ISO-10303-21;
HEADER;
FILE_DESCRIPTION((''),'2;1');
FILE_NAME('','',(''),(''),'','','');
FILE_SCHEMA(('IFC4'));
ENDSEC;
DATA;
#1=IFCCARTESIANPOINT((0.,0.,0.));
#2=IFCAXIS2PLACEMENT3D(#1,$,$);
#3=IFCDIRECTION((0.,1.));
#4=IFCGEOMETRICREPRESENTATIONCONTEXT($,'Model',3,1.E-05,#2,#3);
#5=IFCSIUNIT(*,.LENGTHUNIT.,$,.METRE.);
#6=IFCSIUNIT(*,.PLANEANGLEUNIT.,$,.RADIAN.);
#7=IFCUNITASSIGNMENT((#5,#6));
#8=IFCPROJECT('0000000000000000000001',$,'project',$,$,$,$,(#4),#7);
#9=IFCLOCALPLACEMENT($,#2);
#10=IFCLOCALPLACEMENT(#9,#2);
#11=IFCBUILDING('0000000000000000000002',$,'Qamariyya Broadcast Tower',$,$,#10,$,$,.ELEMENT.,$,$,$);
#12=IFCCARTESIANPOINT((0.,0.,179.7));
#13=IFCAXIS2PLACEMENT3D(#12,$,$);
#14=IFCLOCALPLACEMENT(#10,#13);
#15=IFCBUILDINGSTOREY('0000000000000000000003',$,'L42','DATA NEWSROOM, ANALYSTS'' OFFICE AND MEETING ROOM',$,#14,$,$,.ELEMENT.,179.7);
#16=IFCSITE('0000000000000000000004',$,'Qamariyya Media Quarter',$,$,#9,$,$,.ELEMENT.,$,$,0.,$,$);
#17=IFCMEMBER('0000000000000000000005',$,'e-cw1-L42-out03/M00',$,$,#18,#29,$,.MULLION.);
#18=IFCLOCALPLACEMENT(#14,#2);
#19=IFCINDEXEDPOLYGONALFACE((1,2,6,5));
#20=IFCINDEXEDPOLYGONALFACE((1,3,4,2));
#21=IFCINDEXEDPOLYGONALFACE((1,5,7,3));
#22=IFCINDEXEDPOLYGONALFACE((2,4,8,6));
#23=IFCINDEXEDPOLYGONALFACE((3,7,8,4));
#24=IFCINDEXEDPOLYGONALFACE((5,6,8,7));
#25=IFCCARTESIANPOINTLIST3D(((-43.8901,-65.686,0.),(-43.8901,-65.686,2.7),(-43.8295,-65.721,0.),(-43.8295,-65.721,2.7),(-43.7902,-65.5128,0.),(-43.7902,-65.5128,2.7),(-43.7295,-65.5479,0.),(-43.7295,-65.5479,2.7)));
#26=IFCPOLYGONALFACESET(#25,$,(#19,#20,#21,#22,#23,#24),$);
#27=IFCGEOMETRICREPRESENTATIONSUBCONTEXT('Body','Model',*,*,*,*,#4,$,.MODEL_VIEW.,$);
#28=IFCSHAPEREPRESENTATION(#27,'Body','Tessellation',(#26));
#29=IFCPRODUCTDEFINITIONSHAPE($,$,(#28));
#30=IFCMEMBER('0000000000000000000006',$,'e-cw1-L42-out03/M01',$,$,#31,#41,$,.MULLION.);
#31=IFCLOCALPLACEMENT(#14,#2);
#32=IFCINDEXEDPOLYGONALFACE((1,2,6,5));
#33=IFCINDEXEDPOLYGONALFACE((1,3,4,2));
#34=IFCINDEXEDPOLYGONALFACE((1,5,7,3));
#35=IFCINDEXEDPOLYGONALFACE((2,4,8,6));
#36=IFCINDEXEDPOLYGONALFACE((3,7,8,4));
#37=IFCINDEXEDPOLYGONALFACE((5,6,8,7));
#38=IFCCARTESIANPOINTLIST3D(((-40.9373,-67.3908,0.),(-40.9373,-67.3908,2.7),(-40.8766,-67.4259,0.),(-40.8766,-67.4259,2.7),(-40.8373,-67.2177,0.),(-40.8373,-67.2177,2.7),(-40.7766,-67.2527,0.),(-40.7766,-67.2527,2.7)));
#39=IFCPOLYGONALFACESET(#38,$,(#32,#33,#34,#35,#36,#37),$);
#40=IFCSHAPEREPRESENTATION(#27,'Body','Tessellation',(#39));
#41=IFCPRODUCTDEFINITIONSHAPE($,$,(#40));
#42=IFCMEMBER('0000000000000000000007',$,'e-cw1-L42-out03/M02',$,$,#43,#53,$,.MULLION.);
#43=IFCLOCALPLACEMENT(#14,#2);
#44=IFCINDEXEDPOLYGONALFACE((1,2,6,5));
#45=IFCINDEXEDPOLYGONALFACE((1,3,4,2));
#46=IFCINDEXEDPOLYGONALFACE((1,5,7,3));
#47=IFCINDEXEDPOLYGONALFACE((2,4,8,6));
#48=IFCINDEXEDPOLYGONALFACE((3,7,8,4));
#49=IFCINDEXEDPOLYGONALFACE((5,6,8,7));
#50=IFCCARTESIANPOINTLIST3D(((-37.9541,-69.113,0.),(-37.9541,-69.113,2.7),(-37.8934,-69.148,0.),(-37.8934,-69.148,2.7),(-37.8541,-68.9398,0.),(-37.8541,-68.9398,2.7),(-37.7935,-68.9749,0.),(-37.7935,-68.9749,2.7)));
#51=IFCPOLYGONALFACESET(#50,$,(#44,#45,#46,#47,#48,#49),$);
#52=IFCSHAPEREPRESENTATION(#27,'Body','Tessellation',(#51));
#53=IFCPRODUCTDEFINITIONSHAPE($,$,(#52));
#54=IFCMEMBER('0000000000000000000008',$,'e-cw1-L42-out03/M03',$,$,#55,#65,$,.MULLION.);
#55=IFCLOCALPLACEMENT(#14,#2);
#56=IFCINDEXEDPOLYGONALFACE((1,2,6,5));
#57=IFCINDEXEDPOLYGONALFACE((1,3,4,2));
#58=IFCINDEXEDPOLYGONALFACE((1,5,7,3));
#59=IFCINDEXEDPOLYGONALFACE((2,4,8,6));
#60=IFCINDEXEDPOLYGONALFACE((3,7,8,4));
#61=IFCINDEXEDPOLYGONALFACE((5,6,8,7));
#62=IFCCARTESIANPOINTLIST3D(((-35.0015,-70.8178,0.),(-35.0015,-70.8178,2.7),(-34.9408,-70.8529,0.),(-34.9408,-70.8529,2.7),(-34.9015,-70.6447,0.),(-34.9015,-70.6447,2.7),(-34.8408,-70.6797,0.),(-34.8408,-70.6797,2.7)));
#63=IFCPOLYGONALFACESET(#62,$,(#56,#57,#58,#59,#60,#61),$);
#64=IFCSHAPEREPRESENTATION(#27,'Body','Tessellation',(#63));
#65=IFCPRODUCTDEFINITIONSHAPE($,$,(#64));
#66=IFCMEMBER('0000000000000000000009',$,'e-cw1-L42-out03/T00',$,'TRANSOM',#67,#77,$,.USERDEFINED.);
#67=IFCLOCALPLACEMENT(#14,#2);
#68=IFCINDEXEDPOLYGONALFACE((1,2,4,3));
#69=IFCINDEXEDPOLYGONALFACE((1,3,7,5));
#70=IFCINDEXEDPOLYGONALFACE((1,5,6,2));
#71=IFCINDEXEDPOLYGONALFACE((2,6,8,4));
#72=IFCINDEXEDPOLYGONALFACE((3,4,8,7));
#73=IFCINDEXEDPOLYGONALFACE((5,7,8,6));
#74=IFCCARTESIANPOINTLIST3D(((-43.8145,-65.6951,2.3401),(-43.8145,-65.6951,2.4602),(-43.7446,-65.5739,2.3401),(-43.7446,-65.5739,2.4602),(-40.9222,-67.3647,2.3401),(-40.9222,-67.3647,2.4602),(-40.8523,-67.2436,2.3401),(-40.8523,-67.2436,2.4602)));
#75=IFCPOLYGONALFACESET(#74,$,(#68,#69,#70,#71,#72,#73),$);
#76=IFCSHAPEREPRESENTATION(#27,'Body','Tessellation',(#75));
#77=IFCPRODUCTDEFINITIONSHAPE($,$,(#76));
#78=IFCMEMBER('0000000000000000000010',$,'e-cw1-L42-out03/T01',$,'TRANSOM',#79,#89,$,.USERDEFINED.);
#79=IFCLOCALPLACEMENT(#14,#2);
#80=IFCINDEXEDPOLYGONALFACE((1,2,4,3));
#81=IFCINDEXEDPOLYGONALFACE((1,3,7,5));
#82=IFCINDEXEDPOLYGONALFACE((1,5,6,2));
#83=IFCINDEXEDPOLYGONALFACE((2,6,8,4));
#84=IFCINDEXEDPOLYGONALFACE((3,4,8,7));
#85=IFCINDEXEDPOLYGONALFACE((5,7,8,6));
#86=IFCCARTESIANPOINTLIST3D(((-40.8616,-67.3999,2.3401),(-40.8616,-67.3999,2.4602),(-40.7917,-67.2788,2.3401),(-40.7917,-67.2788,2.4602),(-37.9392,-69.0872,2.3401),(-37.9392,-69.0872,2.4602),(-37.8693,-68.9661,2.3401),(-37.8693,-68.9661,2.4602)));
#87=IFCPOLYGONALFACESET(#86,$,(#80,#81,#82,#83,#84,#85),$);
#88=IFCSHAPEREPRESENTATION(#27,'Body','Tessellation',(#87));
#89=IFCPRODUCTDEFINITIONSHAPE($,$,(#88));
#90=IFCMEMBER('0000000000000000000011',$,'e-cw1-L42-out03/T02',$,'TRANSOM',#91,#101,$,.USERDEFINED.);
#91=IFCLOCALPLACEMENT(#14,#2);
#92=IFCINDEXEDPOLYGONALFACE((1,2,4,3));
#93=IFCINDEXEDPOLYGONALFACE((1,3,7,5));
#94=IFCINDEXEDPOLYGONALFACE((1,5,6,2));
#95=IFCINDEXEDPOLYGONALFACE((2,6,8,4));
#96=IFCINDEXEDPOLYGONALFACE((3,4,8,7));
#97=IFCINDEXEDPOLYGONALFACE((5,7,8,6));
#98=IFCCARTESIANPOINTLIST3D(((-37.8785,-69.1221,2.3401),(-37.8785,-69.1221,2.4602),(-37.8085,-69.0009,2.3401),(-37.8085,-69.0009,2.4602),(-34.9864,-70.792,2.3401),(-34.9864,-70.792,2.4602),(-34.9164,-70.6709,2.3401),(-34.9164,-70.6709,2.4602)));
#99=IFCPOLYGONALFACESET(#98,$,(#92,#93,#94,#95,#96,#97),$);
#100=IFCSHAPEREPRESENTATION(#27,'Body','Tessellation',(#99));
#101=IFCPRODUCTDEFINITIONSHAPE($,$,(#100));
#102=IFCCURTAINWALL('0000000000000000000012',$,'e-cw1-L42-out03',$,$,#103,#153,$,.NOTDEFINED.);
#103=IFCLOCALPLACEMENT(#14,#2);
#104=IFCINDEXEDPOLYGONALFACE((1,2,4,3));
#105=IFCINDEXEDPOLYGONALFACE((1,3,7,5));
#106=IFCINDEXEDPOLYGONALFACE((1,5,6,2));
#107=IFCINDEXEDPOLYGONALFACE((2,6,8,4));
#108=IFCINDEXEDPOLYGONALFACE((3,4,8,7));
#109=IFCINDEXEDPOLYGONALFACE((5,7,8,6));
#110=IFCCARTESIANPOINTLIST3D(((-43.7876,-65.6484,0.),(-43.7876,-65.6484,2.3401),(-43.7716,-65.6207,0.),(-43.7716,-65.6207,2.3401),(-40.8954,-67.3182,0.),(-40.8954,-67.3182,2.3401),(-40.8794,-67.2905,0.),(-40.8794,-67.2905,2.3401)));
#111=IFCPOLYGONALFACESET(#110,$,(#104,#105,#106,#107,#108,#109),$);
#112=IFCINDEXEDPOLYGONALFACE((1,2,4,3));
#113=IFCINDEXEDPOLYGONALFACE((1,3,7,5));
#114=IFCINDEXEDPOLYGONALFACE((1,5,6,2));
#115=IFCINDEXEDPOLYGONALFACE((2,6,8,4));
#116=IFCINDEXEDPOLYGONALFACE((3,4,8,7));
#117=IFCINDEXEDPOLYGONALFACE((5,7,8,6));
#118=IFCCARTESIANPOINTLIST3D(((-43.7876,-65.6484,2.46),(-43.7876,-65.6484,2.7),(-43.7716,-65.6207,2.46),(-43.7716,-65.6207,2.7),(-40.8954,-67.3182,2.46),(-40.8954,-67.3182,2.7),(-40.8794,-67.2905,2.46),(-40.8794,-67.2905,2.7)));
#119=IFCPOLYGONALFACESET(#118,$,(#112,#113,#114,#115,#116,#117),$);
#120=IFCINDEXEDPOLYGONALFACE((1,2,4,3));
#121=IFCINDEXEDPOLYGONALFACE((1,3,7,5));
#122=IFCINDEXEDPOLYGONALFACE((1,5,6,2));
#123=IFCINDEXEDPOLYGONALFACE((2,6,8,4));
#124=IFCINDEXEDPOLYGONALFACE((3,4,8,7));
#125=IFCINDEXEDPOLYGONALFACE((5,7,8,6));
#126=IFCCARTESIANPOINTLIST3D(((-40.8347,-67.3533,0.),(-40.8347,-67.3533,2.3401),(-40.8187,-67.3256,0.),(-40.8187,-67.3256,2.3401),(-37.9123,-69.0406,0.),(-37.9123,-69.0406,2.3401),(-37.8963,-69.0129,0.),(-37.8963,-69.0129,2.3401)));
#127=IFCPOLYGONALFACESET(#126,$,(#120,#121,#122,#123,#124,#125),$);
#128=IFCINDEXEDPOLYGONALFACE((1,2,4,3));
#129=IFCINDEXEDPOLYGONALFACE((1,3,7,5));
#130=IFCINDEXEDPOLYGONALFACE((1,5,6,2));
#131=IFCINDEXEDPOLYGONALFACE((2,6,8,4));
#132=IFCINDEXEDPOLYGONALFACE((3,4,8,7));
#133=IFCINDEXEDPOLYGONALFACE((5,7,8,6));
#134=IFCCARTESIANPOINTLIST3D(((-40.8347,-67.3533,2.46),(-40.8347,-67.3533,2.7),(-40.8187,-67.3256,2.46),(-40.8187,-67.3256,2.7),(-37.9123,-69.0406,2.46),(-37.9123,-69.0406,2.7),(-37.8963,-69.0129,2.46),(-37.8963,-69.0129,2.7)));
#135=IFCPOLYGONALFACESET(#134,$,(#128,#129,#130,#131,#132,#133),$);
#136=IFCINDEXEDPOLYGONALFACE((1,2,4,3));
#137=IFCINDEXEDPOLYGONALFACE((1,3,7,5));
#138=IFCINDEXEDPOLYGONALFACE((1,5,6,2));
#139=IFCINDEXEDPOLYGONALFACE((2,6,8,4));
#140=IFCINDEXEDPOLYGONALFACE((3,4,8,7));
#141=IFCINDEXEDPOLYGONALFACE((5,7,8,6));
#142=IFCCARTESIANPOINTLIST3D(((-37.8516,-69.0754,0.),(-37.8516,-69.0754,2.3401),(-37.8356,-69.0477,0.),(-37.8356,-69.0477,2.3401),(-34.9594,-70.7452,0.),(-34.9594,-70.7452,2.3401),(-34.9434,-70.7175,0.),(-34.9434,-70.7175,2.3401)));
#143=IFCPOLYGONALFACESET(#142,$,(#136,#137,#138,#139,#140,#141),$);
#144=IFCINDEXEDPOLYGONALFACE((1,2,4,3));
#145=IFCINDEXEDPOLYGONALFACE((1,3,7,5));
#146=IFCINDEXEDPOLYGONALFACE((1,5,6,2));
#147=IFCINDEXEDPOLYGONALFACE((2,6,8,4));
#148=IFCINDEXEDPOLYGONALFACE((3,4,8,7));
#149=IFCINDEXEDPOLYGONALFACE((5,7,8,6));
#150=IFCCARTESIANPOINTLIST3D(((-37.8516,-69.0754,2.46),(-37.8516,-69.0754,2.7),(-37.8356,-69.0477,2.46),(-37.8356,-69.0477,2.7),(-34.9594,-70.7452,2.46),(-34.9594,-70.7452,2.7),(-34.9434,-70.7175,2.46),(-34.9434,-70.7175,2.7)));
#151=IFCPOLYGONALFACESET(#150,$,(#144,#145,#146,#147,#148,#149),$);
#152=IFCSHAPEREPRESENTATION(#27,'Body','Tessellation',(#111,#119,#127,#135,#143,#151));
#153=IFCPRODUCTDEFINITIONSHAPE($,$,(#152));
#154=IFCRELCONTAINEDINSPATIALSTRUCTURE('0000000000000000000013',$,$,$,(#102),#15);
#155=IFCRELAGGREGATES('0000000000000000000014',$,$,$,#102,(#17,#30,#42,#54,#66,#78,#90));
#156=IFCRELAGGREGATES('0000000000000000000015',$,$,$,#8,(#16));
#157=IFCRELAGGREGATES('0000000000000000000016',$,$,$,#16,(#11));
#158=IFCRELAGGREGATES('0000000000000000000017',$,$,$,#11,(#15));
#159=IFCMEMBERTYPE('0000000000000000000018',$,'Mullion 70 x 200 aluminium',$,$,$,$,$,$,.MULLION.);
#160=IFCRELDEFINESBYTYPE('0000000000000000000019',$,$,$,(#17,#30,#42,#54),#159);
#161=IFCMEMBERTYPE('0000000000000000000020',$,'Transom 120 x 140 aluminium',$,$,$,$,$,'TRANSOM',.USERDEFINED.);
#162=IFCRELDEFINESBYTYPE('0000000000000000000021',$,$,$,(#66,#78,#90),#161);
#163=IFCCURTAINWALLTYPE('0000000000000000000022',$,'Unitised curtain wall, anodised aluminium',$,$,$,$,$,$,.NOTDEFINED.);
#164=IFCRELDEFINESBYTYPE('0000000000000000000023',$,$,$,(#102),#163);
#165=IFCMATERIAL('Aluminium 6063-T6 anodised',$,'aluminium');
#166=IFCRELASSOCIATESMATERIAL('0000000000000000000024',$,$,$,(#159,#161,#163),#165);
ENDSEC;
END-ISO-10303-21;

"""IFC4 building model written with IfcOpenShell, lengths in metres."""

from ifc_helpers import new_model, si_unit, direction, frame, origin, origin_2d, place, context, subcontext, project, spatial, rectangle, extrude, material, material_profile, profile_set, type_object, element, aggregate, save


model = new_model("IFC4")

# Units and contexts
model_context = context("Model", 3, precision=1e-05, world=origin(), true_north=direction((0.0, 1.0)))
body_context = subcontext(model_context, "Body", "Model", "MODEL_VIEW")
ifc_project = project(units=[si_unit("LENGTHUNIT", "METRE"), si_unit("PLANEANGLEUNIT", "RADIAN")], contexts=[model_context])

# Members
ifc_material_1 = material(Name="Aluminium 6063-T6 anodised", Category="aluminium")
ifc_material_profile_1 = material_profile(ifc_material_1, rectangle(XDim=0.2, YDim=0.0701, at=origin_2d()))
ifc_profile_set_1 = profile_set([ifc_material_profile_1], Name="Aluminium 6063-T6 anodised")
member_type_1 = type_object("IfcMemberType", Name="Mullion 70 x 200 aluminium", PredefinedType="MULLION", material=ifc_profile_set_1)
site_placement = place(None, origin())
building_placement = place(site_placement, origin())
storey_placement = place(building_placement, frame((0.0, 0.0, 179.7)))
member_1_placement = place(storey_placement, frame((-43.8098, -65.6169, 0.0), z_axis=(0.0, 0.0, 1.0), x_axis=(0.5, 0.866025, 0.0)))
member_1 = element("IfcMember", 1, at=member_1_placement, type_object=member_type_1, Name="e-cw1-L42-out03/M00", PredefinedType="MULLION", context=body_context, shape_type="SweptSolid", body=[
    extrude(rectangle(XDim=0.2, YDim=0.0701, at=origin_2d()), origin(), (0.0, 0.0, 1.0), 2.7),
])
member_2_placement = place(storey_placement, frame((-40.8569, -67.3218, 0.0), z_axis=(0.0, 0.0, 1.0), x_axis=(0.5, 0.866025, 0.0)))
member_2 = element("IfcMember", 2, at=member_2_placement, type_object=member_type_1, Name="e-cw1-L42-out03/M01", PredefinedType="MULLION", context=body_context, shape_type="SweptSolid", body=[
    extrude(rectangle(XDim=0.2, YDim=0.0701, at=origin_2d()), origin(), (0.0, 0.0, 1.0), 2.7),
])
member_3_placement = place(storey_placement, frame((-37.8738, -69.0439, 0.0), z_axis=(0.0, 0.0, 1.0), x_axis=(0.5, 0.866025, 0.0)))
member_3 = element("IfcMember", 3, at=member_3_placement, type_object=member_type_1, Name="e-cw1-L42-out03/M02", PredefinedType="MULLION", context=body_context, shape_type="SweptSolid", body=[
    extrude(rectangle(XDim=0.2, YDim=0.0701, at=origin_2d()), origin(), (0.0, 0.0, 1.0), 2.7),
])
member_4_placement = place(storey_placement, frame((-34.9211, -70.7488, 0.0), z_axis=(0.0, 0.0, 1.0), x_axis=(0.5, 0.866025, 0.0)))
member_4 = element("IfcMember", 4, at=member_4_placement, type_object=member_type_1, Name="e-cw1-L42-out03/M03", PredefinedType="MULLION", context=body_context, shape_type="SweptSolid", body=[
    extrude(rectangle(XDim=0.2, YDim=0.0701, at=origin_2d()), origin(), (0.0, 0.0, 1.0), 2.7),
])
ifc_material_profile_2 = material_profile(ifc_material_1, rectangle(XDim=0.1399, YDim=0.1201, at=origin_2d()))
ifc_profile_set_2 = profile_set([ifc_material_profile_2], Name="Aluminium 6063-T6 anodised")
member_type_2 = type_object("IfcMemberType", Name="Transom 120 x 140 aluminium", ElementType="TRANSOM", PredefinedType="USERDEFINED", material=ifc_profile_set_2)
member_5_placement = place(storey_placement, frame((-43.7795, -65.6345, 2.4001), z_axis=(0.866053, -0.499952, 0.0), x_axis=(0.499952, 0.866053, 0.0)))
member_5 = element("IfcMember", 5, at=member_5_placement, type_object=member_type_2, Name="e-cw1-L42-out03/T00", ObjectType="TRANSOM", PredefinedType="USERDEFINED", context=body_context, shape_type="SweptSolid", body=[
    extrude(rectangle(XDim=0.1399, YDim=0.1201, at=origin_2d()), origin(), (0.0, 0.0, 1.0), 3.3396),
])
member_6_placement = place(storey_placement, frame((-40.8267, -67.3394, 2.4001), z_axis=(0.866022, -0.500006, 0.0), x_axis=(0.500006, 0.866022, 0.0)))
member_6 = element("IfcMember", 6, at=member_6_placement, type_object=member_type_2, Name="e-cw1-L42-out03/T01", ObjectType="TRANSOM", PredefinedType="USERDEFINED", context=body_context, shape_type="SweptSolid", body=[
    extrude(rectangle(XDim=0.1399, YDim=0.1201, at=origin_2d()), origin(), (0.0, 0.0, 1.0), 3.3745),
])
member_7_placement = place(storey_placement, frame((-37.8435, -69.0615, 2.4001), z_axis=(0.866003, -0.500039, 0.0), x_axis=(0.500039, 0.866003, 0.0)))
member_7 = element("IfcMember", 7, at=member_7_placement, type_object=member_type_2, Name="e-cw1-L42-out03/T02", ObjectType="TRANSOM", PredefinedType="USERDEFINED", context=body_context, shape_type="SweptSolid", body=[
    extrude(rectangle(XDim=0.1399, YDim=0.1201, at=origin_2d()), origin(), (0.0, 0.0, 1.0), 3.3396),
])

# Site, building, storey
site = spatial("IfcSite", under=ifc_project, at=site_placement, Name="Qamariyya Media Quarter", CompositionType="ELEMENT", RefElevation=0.0)
building = spatial("IfcBuilding", under=site, at=building_placement, Name="Qamariyya Broadcast Tower", CompositionType="ELEMENT")
storey = spatial("IfcBuildingStorey", under=building, at=storey_placement, Name="L42", Description="DATA NEWSROOM, ANALYSTS' OFFICE AND MEETING ROOM", CompositionType="ELEMENT", Elevation=179.7)

# Curtain wall
curtain_wall_type = type_object("IfcCurtainWallType", Name="Unitised curtain wall, anodised aluminium", PredefinedType="NOTDEFINED", material=ifc_material_1)
curtain_wall_1_placement = place(storey_placement, origin())
curtain_wall_1 = element("IfcCurtainWall", 8, at=curtain_wall_1_placement, inside=storey, type_object=curtain_wall_type, Name="e-cw1-L42-out03", PredefinedType="NOTDEFINED", context=body_context, shape_type="SweptSolid", body=[
    extrude(rectangle(XDim=3.3396, YDim=0.032, at=origin_2d()), frame((-42.3335, -66.4695, 0.0), x_axis=(0.866029, -0.499994, 0.0)), (0.0, 0.0, 1.0), 2.3401),
    extrude(rectangle(XDim=3.3396, YDim=0.032, at=origin_2d()), frame((-42.3335, -66.4695, 2.46), x_axis=(0.866029, -0.499994, 0.0)), (0.0, 0.0, 1.0), 0.24),
    extrude(rectangle(XDim=3.3745, YDim=0.032, at=origin_2d()), frame((-39.3655, -68.1831, 0.0), x_axis=(0.866029, -0.499994, 0.0)), (0.0, 0.0, 1.0), 2.3401),
    extrude(rectangle(XDim=3.3745, YDim=0.032, at=origin_2d()), frame((-39.3655, -68.1831, 2.46), x_axis=(0.866029, -0.499994, 0.0)), (0.0, 0.0, 1.0), 0.24),
    extrude(rectangle(XDim=3.3396, YDim=0.032, at=origin_2d()), frame((-36.3975, -69.8965, 0.0), x_axis=(0.866029, -0.499994, 0.0)), (0.0, 0.0, 1.0), 2.3401),
    extrude(rectangle(XDim=3.3396, YDim=0.032, at=origin_2d()), frame((-36.3975, -69.8965, 2.46), x_axis=(0.866029, -0.499994, 0.0)), (0.0, 0.0, 1.0), 0.24),
])
aggregate(curtain_wall_1, [member_1, member_2, member_3, member_4, member_5, member_6, member_7])

save(model, "model.ifc")
